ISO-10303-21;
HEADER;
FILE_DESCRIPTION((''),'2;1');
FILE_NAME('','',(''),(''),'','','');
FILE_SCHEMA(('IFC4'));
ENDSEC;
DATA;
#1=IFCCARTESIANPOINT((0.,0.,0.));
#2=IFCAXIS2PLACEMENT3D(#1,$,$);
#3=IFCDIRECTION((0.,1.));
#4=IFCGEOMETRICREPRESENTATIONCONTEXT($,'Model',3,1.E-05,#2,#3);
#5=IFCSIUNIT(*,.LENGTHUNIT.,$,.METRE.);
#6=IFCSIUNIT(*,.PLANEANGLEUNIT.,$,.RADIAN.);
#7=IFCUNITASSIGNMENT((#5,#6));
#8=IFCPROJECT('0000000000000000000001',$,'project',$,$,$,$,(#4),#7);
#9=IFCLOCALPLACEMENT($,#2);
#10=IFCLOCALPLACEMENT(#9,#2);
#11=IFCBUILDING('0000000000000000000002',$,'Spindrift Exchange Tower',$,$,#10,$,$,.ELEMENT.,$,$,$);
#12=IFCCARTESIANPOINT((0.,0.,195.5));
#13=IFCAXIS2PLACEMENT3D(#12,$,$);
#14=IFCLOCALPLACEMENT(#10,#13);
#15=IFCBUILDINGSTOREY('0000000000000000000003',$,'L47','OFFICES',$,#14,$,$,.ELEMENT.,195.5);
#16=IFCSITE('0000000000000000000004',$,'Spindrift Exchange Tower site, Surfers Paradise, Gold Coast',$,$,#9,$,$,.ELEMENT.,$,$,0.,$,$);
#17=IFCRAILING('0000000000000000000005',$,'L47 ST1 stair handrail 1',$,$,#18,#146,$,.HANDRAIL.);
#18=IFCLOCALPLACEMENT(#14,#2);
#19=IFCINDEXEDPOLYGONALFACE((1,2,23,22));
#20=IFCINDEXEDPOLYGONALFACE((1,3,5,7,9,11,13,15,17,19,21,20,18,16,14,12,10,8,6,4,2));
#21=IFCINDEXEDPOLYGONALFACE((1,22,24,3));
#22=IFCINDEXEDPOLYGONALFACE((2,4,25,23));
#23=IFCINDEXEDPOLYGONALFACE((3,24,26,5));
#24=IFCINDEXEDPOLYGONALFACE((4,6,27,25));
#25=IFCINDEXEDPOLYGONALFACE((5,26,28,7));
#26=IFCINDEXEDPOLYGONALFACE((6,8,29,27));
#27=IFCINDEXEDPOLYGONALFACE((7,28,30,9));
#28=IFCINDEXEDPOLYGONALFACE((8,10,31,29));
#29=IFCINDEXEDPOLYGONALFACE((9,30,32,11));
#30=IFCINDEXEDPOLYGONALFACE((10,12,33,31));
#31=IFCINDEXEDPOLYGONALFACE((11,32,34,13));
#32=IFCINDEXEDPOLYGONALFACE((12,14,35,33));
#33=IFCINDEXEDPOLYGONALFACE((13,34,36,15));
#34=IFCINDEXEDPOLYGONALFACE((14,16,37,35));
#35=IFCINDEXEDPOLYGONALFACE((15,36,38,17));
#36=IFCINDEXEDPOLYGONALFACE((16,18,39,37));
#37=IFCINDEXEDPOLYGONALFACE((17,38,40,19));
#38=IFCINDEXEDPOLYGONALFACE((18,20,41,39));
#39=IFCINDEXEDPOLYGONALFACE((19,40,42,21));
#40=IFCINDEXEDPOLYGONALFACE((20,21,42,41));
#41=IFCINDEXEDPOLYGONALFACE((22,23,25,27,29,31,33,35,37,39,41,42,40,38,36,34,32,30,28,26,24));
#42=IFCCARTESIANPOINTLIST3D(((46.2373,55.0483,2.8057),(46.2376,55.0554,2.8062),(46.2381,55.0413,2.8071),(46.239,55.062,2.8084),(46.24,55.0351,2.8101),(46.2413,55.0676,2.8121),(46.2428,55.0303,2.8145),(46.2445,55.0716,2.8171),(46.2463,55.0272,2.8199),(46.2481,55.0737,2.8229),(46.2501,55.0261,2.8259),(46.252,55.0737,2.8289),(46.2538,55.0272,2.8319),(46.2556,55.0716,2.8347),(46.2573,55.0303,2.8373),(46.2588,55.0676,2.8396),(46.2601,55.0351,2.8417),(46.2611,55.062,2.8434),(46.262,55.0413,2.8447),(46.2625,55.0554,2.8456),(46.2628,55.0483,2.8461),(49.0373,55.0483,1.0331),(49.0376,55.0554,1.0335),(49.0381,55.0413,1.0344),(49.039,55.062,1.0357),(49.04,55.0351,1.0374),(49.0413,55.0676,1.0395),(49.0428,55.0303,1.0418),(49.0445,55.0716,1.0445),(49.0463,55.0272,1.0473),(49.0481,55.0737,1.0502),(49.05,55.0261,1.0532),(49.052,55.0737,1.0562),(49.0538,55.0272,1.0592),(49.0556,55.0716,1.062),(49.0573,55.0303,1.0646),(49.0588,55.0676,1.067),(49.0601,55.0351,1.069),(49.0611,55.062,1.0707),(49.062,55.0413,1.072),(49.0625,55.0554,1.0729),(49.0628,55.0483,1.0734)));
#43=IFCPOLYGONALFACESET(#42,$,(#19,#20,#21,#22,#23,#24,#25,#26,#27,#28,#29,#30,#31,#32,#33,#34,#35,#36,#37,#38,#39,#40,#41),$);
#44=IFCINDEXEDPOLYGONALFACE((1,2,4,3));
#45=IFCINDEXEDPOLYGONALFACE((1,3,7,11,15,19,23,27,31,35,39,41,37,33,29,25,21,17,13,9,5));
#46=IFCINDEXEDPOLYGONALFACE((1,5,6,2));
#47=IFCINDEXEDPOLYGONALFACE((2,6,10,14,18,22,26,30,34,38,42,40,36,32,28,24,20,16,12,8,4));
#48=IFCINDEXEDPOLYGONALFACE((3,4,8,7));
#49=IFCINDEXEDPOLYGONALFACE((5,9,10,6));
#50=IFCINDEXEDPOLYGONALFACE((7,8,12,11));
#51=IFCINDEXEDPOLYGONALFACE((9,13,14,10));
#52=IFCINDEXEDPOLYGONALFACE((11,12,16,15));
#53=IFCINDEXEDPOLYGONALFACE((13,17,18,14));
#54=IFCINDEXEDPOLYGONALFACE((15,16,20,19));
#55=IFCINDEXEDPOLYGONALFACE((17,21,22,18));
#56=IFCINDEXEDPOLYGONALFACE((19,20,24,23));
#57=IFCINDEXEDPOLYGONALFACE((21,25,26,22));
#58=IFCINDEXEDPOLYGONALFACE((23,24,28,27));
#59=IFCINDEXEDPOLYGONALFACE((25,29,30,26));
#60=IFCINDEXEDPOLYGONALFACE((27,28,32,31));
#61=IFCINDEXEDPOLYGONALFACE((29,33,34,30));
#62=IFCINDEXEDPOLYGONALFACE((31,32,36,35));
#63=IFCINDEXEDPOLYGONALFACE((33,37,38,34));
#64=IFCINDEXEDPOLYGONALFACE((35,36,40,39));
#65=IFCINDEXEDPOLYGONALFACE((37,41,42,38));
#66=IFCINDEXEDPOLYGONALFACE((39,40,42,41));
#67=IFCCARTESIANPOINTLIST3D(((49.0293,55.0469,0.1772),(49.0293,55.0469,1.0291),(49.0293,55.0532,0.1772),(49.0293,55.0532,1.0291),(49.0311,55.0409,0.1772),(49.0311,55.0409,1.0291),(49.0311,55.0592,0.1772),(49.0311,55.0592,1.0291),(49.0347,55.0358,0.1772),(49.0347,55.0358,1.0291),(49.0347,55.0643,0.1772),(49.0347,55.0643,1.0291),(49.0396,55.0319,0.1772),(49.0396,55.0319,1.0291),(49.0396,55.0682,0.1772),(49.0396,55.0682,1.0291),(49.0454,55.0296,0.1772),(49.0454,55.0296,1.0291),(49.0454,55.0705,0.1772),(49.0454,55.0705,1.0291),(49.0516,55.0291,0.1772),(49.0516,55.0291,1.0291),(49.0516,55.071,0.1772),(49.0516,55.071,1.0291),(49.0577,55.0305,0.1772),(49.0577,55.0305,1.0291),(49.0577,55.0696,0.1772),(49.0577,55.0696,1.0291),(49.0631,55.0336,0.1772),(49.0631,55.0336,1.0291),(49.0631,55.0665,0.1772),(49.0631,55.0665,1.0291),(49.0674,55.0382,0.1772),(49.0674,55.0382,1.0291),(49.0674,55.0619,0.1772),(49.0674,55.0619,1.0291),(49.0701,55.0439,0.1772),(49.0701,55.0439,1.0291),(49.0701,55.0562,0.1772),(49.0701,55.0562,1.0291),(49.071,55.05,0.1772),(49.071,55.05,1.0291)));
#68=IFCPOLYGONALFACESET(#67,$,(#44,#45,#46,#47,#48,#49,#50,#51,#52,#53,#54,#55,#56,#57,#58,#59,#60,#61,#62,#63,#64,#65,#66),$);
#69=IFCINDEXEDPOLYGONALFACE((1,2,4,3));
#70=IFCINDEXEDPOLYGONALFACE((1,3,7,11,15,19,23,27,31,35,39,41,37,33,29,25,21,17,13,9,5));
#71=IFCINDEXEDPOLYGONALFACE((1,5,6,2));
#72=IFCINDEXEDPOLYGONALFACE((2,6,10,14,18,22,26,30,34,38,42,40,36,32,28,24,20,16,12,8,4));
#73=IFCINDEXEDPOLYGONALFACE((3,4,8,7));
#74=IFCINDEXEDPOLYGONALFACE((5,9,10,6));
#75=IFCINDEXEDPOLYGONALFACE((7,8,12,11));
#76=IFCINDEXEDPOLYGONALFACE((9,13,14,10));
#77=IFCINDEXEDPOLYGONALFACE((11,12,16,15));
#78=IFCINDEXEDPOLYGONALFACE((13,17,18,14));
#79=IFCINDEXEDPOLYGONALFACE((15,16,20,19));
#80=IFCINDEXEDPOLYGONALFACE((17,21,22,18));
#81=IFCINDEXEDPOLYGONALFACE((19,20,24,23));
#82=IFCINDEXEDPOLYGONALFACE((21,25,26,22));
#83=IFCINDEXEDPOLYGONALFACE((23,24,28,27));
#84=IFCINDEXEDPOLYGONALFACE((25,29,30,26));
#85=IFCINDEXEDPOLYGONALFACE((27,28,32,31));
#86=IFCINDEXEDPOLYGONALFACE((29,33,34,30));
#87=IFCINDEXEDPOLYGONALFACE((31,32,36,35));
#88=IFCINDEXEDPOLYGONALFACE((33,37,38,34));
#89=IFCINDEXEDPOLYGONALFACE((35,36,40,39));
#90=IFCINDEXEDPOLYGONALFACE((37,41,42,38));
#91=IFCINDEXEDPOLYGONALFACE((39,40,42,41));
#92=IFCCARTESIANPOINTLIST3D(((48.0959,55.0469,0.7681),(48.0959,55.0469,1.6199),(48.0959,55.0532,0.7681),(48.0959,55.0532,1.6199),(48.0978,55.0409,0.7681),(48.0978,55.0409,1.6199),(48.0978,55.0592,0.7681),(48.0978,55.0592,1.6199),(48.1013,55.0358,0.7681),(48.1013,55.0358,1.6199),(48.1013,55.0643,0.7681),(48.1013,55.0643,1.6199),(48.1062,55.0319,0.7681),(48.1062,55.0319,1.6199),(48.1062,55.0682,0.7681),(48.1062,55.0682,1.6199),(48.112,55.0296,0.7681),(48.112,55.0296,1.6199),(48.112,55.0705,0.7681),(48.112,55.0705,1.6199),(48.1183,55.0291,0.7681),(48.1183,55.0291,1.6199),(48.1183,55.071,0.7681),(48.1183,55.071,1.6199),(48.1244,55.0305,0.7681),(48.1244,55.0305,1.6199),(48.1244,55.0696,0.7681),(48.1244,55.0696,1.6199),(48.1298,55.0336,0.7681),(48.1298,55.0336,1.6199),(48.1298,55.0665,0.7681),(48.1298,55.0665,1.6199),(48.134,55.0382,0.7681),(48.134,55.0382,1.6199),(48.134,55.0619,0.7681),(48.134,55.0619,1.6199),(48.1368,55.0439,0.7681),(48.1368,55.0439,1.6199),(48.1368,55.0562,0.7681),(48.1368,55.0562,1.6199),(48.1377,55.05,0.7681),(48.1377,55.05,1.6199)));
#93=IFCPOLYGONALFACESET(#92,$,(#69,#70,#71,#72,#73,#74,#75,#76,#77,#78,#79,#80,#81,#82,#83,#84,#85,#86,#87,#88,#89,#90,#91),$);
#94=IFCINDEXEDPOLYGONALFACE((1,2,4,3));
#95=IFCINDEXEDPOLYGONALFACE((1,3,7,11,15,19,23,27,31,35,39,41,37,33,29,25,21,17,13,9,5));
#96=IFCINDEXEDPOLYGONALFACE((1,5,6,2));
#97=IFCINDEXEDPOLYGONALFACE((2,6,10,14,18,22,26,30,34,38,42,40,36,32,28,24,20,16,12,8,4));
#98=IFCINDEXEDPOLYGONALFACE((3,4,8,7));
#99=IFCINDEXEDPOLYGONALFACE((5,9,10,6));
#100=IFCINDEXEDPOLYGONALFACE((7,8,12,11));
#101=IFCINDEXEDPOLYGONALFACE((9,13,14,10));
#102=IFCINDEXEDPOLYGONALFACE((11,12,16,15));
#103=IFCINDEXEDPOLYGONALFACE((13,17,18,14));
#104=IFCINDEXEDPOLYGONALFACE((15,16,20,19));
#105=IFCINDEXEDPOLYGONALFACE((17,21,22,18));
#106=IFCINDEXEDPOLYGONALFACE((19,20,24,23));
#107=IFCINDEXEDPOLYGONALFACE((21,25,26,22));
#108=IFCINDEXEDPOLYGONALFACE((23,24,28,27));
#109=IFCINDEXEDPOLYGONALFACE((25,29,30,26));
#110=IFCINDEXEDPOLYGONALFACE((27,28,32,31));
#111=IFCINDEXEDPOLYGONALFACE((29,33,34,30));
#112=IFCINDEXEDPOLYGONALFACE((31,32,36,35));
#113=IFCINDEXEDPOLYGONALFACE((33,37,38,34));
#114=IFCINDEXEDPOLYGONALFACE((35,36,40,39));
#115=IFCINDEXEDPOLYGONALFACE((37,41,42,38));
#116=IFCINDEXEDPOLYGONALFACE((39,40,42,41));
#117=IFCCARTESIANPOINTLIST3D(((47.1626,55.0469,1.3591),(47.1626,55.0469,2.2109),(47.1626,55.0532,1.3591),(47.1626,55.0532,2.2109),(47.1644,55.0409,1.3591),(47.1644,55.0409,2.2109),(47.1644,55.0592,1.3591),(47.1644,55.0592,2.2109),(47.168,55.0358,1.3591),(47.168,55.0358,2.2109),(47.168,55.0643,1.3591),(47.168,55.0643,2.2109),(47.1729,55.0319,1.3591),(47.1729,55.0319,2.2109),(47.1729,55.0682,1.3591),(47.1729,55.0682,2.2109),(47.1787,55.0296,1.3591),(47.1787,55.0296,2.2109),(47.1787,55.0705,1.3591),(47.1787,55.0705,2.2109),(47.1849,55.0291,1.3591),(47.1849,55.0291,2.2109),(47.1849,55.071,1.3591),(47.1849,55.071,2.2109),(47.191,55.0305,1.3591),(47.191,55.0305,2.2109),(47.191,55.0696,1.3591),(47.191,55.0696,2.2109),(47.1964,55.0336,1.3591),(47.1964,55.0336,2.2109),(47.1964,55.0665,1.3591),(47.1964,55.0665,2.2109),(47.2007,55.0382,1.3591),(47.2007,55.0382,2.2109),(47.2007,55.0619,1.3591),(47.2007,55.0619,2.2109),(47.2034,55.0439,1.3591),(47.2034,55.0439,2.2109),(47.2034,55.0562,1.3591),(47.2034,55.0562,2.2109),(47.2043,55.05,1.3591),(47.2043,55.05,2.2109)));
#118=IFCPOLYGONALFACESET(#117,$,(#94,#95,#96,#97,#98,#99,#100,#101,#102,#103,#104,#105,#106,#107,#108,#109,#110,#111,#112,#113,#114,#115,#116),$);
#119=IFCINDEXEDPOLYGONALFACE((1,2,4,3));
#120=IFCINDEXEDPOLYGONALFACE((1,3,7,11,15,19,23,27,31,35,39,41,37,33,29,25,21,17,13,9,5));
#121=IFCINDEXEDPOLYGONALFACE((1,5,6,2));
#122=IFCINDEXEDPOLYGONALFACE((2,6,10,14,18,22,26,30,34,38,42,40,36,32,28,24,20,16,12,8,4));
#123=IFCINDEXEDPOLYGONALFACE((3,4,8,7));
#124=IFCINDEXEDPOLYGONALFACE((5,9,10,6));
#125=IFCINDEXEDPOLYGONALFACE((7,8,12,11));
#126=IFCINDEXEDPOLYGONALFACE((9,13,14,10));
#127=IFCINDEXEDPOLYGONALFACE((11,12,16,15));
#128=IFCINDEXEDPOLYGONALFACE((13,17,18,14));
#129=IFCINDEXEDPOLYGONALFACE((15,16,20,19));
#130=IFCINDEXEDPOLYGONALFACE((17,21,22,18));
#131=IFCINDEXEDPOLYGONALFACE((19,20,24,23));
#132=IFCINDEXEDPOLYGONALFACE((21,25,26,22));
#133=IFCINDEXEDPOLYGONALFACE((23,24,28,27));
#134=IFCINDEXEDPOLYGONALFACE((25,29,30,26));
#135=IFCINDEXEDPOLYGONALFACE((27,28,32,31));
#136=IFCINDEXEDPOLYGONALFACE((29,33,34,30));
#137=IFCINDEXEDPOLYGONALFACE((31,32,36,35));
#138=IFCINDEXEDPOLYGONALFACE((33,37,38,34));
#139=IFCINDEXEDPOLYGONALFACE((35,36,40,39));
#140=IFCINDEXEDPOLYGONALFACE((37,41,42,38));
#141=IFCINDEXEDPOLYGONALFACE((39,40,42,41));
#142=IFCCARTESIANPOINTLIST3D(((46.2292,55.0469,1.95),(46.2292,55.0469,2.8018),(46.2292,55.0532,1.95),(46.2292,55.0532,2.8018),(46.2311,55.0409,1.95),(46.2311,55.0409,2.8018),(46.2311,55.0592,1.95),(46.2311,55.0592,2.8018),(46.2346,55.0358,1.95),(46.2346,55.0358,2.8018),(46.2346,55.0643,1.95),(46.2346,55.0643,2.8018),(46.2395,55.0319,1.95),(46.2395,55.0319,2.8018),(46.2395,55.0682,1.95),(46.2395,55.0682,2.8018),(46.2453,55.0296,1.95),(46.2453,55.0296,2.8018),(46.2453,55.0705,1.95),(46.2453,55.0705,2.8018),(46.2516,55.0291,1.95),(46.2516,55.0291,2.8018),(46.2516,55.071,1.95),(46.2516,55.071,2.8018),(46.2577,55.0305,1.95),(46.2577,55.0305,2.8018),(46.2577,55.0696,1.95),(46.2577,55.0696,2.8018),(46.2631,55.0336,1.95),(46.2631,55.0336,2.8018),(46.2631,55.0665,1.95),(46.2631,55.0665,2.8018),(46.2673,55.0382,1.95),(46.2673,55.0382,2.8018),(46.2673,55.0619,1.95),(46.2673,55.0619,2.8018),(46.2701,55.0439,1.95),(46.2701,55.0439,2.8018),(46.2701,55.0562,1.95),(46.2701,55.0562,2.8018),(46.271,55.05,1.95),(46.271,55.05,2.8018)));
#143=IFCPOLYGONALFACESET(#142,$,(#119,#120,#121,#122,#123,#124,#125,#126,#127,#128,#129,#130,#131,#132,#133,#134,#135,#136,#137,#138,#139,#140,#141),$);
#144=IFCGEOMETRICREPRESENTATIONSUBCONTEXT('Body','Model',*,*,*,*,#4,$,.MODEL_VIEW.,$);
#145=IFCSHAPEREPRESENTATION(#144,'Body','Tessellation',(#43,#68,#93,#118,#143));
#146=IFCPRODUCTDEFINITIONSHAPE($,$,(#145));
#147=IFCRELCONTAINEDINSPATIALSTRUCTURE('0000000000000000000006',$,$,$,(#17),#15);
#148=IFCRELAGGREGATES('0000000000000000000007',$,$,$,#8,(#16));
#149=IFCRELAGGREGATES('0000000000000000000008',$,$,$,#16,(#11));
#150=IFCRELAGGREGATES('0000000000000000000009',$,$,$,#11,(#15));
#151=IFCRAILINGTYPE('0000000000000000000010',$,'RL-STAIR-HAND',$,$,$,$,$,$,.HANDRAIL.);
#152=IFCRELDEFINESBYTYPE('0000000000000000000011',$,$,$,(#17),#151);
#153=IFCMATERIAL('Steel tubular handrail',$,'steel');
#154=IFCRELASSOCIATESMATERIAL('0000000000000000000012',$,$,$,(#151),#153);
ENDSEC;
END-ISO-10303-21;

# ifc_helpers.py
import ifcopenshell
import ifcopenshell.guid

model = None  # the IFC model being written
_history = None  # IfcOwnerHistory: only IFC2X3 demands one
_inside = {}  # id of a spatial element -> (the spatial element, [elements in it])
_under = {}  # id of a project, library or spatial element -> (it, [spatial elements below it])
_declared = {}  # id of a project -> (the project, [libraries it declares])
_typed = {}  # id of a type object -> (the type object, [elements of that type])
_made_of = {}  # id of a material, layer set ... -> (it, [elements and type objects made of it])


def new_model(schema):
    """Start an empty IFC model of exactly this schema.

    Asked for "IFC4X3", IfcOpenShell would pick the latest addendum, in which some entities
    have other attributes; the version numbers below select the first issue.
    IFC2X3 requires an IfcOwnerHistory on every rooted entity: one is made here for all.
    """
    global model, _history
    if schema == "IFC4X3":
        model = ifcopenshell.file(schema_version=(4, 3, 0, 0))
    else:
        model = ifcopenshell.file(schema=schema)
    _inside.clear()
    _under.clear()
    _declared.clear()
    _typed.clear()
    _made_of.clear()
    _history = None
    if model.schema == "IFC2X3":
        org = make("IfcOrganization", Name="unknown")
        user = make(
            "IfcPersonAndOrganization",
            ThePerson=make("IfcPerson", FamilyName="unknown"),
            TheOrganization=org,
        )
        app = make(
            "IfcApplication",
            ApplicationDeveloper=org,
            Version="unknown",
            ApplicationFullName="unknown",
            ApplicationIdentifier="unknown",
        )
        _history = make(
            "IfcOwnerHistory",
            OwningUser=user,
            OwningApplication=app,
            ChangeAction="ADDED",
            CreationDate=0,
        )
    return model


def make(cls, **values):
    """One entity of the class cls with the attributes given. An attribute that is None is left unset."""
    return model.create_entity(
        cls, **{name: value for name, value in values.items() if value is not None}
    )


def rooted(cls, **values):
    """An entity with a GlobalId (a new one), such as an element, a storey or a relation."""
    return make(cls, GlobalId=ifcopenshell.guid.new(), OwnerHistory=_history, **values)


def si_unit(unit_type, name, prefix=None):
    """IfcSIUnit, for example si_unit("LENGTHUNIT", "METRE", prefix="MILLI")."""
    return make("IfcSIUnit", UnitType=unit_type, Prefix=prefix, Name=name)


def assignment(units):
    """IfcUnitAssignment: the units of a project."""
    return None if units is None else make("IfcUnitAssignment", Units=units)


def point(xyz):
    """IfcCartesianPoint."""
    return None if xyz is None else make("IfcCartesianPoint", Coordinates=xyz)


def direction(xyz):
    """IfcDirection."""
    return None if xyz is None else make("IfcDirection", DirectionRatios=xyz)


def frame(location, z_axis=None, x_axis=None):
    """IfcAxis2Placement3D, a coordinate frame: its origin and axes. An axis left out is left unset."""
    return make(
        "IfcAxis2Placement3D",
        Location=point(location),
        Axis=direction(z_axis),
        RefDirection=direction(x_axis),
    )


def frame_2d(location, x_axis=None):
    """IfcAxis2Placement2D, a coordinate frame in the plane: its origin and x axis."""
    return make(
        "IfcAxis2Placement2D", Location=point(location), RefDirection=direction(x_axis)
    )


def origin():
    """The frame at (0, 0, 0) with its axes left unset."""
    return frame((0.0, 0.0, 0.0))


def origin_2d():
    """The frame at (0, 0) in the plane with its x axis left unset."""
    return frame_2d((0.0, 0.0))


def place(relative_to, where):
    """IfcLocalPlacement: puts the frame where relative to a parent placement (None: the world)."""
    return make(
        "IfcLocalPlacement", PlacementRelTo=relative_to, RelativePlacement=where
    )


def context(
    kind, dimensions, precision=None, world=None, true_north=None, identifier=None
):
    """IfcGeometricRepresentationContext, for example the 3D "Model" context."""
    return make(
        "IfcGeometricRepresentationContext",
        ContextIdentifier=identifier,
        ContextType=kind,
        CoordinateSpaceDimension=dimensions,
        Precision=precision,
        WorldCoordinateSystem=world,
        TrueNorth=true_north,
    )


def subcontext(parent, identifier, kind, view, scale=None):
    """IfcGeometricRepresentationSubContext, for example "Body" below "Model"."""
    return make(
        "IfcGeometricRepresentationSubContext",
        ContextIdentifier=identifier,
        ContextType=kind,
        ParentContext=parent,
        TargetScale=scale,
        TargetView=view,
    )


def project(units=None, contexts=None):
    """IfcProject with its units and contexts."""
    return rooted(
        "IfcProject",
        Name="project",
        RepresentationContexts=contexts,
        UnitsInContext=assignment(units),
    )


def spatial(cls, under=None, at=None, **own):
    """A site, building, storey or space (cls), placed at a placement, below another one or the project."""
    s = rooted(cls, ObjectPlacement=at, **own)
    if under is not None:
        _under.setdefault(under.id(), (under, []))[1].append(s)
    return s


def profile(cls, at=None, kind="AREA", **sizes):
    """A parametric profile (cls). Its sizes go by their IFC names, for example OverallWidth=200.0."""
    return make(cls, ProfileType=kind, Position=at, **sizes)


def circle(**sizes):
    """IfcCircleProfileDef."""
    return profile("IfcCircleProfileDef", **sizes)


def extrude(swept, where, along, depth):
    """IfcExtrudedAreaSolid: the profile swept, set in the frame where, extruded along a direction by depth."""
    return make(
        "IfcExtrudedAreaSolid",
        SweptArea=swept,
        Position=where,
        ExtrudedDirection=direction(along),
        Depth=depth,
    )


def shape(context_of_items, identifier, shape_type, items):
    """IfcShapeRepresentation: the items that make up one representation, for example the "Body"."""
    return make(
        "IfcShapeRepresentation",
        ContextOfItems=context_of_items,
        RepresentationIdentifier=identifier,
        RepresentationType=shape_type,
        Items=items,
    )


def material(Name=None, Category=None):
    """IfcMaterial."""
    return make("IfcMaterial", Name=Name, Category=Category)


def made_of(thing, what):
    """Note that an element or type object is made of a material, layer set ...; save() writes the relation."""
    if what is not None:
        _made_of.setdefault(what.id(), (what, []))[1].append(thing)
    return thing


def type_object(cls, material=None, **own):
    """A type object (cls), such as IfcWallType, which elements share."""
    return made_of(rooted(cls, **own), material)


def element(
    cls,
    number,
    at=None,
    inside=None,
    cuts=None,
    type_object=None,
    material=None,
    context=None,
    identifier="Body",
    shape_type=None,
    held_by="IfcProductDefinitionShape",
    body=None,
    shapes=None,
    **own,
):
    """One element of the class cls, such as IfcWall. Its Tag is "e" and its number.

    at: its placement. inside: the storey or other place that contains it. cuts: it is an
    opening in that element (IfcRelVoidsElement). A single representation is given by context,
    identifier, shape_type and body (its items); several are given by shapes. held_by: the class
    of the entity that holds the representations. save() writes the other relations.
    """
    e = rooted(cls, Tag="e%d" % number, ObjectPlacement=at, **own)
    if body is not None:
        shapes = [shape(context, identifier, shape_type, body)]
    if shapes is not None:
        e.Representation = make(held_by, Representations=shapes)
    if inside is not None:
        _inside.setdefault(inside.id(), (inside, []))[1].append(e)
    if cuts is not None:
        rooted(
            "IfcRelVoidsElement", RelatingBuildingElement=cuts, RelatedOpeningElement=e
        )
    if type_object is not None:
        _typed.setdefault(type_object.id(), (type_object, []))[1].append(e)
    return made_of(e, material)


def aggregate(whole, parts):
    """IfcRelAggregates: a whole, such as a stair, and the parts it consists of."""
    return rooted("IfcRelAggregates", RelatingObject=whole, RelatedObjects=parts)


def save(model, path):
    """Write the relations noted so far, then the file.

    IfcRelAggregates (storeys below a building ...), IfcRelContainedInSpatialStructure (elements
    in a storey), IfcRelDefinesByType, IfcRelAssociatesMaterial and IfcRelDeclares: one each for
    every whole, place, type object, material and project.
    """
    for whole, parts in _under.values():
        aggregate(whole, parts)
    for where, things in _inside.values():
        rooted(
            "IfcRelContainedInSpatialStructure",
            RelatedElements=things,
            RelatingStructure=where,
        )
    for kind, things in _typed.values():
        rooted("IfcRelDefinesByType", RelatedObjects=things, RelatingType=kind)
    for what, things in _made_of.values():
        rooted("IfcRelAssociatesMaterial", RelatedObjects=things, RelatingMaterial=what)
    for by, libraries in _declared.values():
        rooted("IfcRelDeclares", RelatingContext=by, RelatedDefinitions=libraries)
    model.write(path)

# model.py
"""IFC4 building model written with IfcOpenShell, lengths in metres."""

from ifc_helpers import new_model, si_unit, direction, frame, origin, origin_2d, place, context, subcontext, project, spatial, circle, extrude, material, type_object, element, save


model = new_model("IFC4")

# Units and contexts
model_context = context("Model", 3, precision=1e-05, world=origin(), true_north=direction((0.0, 1.0)))
body_context = subcontext(model_context, "Body", "Model", "MODEL_VIEW")
ifc_project = project(units=[si_unit("LENGTHUNIT", "METRE"), si_unit("PLANEANGLEUNIT", "RADIAN")], contexts=[model_context])

# Site, building, storey
site_placement = place(None, origin())
site = spatial("IfcSite", under=ifc_project, at=site_placement, Name="Spindrift Exchange Tower site, Surfers Paradise, Gold Coast", CompositionType="ELEMENT", RefElevation=0.0)
building_placement = place(site_placement, origin())
building = spatial("IfcBuilding", under=site, at=building_placement, Name="Spindrift Exchange Tower", CompositionType="ELEMENT")
storey_placement = place(building_placement, frame((0.0, 0.0, 195.5)))
storey = spatial("IfcBuildingStorey", under=building, at=storey_placement, Name="L47", Description="OFFICES", CompositionType="ELEMENT", Elevation=195.5)

# Railing
ifc_material_1 = material(Name="Steel tubular handrail", Category="steel")
railing_type_1 = type_object("IfcRailingType", Name="RL-STAIR-HAND", PredefinedType="HANDRAIL", material=ifc_material_1)
railing_1_placement = place(storey_placement, frame((49.05, 55.05, 0.1772)))
element("IfcRailing", 1, at=railing_1_placement, inside=storey, type_object=railing_type_1, Name="L47 ST1 stair handrail 1", PredefinedType="HANDRAIL", context=body_context, shape_type="SweptSolid", body=[
    extrude(circle(Radius=0.0239, at=origin_2d()), frame((0.0, 0.0, 0.876), z_axis=(-0.844909, 0.0, 0.53491), x_axis=(0.0, -1.0, 0.0)), (0.0, 0.0, 1.0), 3.314),
    extrude(circle(Radius=0.021, at=origin_2d()), origin(), (0.0, 0.0, 1.0), 0.8518),
    extrude(circle(Radius=0.021, at=origin_2d()), frame((-0.9333, 0.0, 0.5908)), (0.0, 0.0, 1.0), 0.8518),
    extrude(circle(Radius=0.021, at=origin_2d()), frame((-1.8667, 0.0, 1.1819)), (0.0, 0.0, 1.0), 0.8518),
    extrude(circle(Radius=0.021, at=origin_2d()), frame((-2.8, 0.0, 1.7727)), (0.0, 0.0, 1.0), 0.8518),
])

save(model, "model.ifc")
